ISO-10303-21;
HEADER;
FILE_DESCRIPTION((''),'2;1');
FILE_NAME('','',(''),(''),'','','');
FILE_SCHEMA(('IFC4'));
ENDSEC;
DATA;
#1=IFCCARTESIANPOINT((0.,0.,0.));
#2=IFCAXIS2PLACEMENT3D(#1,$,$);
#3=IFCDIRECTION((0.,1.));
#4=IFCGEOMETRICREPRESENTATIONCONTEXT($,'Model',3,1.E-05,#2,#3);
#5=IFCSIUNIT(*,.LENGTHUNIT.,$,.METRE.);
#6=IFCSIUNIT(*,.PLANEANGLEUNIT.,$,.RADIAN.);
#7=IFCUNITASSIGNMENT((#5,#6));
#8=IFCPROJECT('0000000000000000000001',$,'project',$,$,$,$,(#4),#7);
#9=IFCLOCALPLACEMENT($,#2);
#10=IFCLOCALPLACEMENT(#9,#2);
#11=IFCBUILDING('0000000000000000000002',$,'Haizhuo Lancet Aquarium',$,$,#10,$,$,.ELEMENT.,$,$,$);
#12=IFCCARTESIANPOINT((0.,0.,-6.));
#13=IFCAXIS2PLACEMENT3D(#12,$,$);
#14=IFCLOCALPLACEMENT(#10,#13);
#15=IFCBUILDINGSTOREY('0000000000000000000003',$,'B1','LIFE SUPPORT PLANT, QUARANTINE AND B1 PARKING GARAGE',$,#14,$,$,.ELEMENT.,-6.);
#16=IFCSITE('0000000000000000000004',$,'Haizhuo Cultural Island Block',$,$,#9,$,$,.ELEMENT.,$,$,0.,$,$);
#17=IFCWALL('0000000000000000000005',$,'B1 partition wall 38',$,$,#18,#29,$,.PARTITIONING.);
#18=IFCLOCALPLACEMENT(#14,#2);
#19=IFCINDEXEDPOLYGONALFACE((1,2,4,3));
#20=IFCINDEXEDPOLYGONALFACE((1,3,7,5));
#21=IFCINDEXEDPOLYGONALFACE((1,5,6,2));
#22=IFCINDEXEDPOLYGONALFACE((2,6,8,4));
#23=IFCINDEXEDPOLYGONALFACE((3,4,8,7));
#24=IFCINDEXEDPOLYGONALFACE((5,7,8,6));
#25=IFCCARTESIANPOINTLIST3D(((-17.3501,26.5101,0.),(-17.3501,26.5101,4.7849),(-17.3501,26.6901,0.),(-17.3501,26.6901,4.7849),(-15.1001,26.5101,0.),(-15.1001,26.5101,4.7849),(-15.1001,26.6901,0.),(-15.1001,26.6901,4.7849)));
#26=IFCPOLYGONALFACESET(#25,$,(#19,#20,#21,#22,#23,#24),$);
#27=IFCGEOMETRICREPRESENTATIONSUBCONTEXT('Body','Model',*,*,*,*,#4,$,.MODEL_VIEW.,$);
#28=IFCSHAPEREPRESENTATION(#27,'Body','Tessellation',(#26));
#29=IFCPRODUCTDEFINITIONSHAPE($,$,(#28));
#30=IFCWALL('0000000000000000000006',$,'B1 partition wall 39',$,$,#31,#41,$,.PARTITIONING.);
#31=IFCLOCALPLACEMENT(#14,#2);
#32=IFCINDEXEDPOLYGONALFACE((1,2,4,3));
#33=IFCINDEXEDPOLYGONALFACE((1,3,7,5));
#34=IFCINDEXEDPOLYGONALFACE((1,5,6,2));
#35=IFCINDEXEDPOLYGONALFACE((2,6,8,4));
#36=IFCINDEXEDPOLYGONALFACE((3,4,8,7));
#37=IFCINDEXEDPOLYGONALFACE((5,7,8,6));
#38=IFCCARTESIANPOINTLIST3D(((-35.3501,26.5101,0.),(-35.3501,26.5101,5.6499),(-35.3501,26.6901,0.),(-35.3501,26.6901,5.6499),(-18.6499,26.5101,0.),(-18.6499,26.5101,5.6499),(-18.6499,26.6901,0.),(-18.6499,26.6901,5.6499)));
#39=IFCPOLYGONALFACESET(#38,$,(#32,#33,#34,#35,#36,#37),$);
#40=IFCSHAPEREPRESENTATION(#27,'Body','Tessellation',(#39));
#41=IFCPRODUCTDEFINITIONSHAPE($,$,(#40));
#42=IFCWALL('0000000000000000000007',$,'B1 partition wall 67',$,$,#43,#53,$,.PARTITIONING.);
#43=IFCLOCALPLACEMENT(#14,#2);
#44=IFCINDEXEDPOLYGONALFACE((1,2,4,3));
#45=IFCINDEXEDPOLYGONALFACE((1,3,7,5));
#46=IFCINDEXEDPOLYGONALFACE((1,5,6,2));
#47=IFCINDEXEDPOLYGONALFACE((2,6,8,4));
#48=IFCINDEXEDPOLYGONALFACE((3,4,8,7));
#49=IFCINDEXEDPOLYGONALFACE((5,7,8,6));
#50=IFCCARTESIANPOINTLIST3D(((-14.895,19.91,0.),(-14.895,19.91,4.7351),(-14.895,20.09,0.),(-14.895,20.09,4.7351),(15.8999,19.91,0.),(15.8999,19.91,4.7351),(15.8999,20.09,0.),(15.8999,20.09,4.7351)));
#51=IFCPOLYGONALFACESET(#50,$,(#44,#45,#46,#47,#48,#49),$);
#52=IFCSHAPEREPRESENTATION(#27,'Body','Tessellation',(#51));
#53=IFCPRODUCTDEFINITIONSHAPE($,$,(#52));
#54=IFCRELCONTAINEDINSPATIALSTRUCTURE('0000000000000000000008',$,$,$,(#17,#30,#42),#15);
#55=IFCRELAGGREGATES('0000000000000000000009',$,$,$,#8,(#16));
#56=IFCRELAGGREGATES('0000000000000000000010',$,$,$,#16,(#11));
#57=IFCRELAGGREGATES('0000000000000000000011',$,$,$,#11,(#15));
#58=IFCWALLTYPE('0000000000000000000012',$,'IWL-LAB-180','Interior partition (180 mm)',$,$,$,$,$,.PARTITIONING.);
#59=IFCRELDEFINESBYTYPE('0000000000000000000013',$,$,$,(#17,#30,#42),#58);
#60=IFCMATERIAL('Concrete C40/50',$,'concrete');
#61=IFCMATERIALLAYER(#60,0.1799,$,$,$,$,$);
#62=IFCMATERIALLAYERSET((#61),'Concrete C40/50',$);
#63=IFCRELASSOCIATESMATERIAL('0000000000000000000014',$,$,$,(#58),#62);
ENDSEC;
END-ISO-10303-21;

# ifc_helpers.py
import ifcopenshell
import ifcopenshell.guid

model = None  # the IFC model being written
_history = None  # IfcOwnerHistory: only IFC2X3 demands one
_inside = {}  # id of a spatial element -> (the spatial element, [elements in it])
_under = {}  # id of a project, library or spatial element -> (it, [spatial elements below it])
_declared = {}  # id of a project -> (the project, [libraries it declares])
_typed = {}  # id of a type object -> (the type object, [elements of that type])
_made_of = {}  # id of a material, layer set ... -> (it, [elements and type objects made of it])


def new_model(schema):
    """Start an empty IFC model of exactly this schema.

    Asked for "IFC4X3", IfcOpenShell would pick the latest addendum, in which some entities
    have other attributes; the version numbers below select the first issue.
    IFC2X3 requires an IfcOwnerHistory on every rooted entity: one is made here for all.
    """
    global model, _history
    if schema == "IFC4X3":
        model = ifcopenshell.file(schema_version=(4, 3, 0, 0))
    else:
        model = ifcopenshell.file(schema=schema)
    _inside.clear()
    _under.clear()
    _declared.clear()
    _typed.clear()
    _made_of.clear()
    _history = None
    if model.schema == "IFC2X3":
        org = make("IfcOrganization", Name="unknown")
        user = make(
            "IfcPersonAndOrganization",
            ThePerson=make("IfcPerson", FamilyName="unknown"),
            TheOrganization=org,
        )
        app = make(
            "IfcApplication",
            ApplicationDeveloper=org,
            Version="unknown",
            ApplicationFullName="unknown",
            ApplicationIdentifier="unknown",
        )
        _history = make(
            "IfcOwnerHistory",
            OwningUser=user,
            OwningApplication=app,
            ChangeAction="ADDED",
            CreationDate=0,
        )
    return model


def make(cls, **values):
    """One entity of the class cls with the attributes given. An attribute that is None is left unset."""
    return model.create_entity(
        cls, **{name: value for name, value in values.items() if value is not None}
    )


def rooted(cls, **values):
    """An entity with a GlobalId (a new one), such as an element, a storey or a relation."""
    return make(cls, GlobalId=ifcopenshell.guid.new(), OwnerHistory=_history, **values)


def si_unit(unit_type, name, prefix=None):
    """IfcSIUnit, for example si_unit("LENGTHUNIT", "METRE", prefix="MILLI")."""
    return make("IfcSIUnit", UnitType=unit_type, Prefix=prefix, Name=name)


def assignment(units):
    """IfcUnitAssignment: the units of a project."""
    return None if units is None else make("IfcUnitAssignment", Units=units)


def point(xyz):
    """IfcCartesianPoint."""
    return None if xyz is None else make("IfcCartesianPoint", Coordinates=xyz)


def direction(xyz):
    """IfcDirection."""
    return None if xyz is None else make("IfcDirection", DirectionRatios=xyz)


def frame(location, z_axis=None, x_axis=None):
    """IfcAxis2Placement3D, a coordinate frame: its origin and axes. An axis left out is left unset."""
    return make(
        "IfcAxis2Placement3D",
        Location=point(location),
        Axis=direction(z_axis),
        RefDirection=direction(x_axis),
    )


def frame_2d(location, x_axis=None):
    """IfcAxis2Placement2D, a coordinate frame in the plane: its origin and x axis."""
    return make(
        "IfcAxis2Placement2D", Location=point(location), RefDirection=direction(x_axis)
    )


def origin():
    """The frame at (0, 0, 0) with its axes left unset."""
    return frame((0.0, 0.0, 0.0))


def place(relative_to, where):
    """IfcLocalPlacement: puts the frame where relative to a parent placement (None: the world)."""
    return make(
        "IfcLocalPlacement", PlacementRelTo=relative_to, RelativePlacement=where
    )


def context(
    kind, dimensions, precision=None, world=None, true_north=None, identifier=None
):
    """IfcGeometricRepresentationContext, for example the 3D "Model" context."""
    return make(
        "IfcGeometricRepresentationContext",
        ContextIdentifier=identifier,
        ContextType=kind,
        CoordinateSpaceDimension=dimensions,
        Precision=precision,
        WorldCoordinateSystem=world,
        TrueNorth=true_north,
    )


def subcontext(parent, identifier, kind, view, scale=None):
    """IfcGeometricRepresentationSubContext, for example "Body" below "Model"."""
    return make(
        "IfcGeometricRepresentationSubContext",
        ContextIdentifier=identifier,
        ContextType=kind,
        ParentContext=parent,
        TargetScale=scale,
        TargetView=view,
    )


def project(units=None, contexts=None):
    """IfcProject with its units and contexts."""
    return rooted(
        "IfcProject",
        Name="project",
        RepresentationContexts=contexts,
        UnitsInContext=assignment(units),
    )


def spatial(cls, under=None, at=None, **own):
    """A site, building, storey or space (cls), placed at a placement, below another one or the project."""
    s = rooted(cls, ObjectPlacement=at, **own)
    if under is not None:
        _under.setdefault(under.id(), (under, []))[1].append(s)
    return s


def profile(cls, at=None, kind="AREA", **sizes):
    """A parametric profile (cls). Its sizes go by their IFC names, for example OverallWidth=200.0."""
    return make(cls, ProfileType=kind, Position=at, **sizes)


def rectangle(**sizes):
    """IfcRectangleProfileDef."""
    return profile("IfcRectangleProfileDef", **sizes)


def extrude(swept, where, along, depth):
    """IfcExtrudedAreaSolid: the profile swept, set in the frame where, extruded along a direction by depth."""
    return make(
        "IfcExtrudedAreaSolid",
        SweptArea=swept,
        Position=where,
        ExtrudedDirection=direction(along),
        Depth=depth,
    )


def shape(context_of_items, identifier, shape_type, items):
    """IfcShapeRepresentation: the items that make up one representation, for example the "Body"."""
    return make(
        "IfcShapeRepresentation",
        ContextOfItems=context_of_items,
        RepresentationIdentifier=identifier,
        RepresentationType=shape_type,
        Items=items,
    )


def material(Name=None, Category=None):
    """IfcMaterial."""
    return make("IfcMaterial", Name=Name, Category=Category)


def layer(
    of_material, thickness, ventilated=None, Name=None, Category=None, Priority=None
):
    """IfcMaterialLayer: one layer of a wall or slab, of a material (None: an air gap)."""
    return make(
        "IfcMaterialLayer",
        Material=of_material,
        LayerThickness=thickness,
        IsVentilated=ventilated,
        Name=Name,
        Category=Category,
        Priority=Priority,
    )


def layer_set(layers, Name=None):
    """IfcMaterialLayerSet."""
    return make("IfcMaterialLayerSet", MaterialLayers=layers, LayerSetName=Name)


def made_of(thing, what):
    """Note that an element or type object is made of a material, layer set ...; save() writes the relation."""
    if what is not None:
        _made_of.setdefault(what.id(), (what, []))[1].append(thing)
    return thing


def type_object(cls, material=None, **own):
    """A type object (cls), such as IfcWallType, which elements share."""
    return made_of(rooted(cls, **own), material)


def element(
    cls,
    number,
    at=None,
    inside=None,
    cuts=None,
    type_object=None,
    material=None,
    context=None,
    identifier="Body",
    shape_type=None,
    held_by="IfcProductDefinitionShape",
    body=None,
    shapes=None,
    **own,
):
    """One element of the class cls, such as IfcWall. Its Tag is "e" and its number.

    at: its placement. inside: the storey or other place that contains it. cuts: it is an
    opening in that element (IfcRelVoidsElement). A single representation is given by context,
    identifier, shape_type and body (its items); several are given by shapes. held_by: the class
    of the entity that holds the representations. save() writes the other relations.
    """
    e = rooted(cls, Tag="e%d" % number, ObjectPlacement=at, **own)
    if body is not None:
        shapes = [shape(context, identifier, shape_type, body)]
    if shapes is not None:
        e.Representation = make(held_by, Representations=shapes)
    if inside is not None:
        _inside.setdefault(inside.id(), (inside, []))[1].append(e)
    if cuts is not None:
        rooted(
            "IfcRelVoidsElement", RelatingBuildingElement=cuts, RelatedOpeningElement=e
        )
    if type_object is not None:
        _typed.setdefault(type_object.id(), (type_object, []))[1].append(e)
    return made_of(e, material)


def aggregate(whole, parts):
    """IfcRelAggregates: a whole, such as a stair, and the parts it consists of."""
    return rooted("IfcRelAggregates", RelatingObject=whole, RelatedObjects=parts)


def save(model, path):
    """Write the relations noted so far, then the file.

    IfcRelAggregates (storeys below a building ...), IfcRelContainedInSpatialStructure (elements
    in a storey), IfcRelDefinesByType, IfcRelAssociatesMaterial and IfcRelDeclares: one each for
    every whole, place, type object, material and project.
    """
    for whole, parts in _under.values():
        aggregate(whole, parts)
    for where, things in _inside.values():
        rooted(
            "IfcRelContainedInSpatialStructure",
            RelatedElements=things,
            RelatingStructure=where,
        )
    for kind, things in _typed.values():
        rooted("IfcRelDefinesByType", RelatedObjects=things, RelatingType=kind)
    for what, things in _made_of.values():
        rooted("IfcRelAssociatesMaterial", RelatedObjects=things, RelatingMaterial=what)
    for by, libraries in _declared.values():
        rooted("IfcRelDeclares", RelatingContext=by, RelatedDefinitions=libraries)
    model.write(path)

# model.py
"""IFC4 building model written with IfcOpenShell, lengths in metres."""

from ifc_helpers import new_model, si_unit, direction, frame, frame_2d, origin, place, context, subcontext, project, spatial, rectangle, extrude, material, layer, layer_set, type_object, element, save


model = new_model("IFC4")

# Units and contexts
model_context = context("Model", 3, precision=1e-05, world=origin(), true_north=direction((0.0, 1.0)))
body_context = subcontext(model_context, "Body", "Model", "MODEL_VIEW")
ifc_project = project(units=[si_unit("LENGTHUNIT", "METRE"), si_unit("PLANEANGLEUNIT", "RADIAN")], contexts=[model_context])

# Site, building, storey
site_placement = place(None, origin())
site = spatial("IfcSite", under=ifc_project, at=site_placement, Name="Haizhuo Cultural Island Block", CompositionType="ELEMENT", RefElevation=0.0)
building_placement = place(site_placement, origin())
building = spatial("IfcBuilding", under=site, at=building_placement, Name="Haizhuo Lancet Aquarium", CompositionType="ELEMENT")
storey_placement = place(building_placement, frame((0.0, 0.0, -6.0)))
storey = spatial("IfcBuildingStorey", under=building, at=storey_placement, Name="B1", Description="LIFE SUPPORT PLANT, QUARANTINE AND B1 PARKING GARAGE", CompositionType="ELEMENT", Elevation=-6.0)

# Shared definitions
ifc_material_1 = material(Name="Concrete C40/50", Category="concrete")

# Walls
ifc_layer = layer(ifc_material_1, 0.1799)
ifc_layer_set = layer_set([ifc_layer], Name="Concrete C40/50")
wall_type = type_object("IfcWallType", Name="IWL-LAB-180", Description="Interior partition (180 mm)", PredefinedType="PARTITIONING", material=ifc_layer_set)
wall_1_placement = place(storey_placement, frame((-15.1001, 26.6001, 0.0), z_axis=(0.0, 0.0, 1.0), x_axis=(-1.0, 0.0, 0.0)))
element("IfcWall", 1, at=wall_1_placement, inside=storey, type_object=wall_type, Name="B1 partition wall 38", PredefinedType="PARTITIONING", context=body_context, shape_type="SweptSolid", body=[
    extrude(rectangle(XDim=2.25, YDim=0.1799, at=frame_2d((1.125, 0.0))), origin(), (0.0, 0.0, 1.0), 4.7849),
])
wall_2_placement = place(storey_placement, frame((-18.6499, 26.6001, 0.0), z_axis=(0.0, 0.0, 1.0), x_axis=(-1.0, 0.0, 0.0)))
element("IfcWall", 2, at=wall_2_placement, inside=storey, type_object=wall_type, Name="B1 partition wall 39", PredefinedType="PARTITIONING", context=body_context, shape_type="SweptSolid", body=[
    extrude(rectangle(XDim=16.7002, YDim=0.1799, at=frame_2d((8.3501, 0.0))), origin(), (0.0, 0.0, 1.0), 5.6499),
])
wall_3_placement = place(storey_placement, frame((-14.895, 20.0, 0.0), z_axis=(0.0, 0.0, 1.0), x_axis=(1.0, 0.0, 0.0)))
element("IfcWall", 3, at=wall_3_placement, inside=storey, type_object=wall_type, Name="B1 partition wall 67", PredefinedType="PARTITIONING", context=body_context, shape_type="SweptSolid", body=[
    extrude(rectangle(XDim=30.7949, YDim=0.1799, at=frame_2d((15.3975, 0.0))), origin(), (0.0, 0.0, 1.0), 4.7351),
])

save(model, "model.ifc")
